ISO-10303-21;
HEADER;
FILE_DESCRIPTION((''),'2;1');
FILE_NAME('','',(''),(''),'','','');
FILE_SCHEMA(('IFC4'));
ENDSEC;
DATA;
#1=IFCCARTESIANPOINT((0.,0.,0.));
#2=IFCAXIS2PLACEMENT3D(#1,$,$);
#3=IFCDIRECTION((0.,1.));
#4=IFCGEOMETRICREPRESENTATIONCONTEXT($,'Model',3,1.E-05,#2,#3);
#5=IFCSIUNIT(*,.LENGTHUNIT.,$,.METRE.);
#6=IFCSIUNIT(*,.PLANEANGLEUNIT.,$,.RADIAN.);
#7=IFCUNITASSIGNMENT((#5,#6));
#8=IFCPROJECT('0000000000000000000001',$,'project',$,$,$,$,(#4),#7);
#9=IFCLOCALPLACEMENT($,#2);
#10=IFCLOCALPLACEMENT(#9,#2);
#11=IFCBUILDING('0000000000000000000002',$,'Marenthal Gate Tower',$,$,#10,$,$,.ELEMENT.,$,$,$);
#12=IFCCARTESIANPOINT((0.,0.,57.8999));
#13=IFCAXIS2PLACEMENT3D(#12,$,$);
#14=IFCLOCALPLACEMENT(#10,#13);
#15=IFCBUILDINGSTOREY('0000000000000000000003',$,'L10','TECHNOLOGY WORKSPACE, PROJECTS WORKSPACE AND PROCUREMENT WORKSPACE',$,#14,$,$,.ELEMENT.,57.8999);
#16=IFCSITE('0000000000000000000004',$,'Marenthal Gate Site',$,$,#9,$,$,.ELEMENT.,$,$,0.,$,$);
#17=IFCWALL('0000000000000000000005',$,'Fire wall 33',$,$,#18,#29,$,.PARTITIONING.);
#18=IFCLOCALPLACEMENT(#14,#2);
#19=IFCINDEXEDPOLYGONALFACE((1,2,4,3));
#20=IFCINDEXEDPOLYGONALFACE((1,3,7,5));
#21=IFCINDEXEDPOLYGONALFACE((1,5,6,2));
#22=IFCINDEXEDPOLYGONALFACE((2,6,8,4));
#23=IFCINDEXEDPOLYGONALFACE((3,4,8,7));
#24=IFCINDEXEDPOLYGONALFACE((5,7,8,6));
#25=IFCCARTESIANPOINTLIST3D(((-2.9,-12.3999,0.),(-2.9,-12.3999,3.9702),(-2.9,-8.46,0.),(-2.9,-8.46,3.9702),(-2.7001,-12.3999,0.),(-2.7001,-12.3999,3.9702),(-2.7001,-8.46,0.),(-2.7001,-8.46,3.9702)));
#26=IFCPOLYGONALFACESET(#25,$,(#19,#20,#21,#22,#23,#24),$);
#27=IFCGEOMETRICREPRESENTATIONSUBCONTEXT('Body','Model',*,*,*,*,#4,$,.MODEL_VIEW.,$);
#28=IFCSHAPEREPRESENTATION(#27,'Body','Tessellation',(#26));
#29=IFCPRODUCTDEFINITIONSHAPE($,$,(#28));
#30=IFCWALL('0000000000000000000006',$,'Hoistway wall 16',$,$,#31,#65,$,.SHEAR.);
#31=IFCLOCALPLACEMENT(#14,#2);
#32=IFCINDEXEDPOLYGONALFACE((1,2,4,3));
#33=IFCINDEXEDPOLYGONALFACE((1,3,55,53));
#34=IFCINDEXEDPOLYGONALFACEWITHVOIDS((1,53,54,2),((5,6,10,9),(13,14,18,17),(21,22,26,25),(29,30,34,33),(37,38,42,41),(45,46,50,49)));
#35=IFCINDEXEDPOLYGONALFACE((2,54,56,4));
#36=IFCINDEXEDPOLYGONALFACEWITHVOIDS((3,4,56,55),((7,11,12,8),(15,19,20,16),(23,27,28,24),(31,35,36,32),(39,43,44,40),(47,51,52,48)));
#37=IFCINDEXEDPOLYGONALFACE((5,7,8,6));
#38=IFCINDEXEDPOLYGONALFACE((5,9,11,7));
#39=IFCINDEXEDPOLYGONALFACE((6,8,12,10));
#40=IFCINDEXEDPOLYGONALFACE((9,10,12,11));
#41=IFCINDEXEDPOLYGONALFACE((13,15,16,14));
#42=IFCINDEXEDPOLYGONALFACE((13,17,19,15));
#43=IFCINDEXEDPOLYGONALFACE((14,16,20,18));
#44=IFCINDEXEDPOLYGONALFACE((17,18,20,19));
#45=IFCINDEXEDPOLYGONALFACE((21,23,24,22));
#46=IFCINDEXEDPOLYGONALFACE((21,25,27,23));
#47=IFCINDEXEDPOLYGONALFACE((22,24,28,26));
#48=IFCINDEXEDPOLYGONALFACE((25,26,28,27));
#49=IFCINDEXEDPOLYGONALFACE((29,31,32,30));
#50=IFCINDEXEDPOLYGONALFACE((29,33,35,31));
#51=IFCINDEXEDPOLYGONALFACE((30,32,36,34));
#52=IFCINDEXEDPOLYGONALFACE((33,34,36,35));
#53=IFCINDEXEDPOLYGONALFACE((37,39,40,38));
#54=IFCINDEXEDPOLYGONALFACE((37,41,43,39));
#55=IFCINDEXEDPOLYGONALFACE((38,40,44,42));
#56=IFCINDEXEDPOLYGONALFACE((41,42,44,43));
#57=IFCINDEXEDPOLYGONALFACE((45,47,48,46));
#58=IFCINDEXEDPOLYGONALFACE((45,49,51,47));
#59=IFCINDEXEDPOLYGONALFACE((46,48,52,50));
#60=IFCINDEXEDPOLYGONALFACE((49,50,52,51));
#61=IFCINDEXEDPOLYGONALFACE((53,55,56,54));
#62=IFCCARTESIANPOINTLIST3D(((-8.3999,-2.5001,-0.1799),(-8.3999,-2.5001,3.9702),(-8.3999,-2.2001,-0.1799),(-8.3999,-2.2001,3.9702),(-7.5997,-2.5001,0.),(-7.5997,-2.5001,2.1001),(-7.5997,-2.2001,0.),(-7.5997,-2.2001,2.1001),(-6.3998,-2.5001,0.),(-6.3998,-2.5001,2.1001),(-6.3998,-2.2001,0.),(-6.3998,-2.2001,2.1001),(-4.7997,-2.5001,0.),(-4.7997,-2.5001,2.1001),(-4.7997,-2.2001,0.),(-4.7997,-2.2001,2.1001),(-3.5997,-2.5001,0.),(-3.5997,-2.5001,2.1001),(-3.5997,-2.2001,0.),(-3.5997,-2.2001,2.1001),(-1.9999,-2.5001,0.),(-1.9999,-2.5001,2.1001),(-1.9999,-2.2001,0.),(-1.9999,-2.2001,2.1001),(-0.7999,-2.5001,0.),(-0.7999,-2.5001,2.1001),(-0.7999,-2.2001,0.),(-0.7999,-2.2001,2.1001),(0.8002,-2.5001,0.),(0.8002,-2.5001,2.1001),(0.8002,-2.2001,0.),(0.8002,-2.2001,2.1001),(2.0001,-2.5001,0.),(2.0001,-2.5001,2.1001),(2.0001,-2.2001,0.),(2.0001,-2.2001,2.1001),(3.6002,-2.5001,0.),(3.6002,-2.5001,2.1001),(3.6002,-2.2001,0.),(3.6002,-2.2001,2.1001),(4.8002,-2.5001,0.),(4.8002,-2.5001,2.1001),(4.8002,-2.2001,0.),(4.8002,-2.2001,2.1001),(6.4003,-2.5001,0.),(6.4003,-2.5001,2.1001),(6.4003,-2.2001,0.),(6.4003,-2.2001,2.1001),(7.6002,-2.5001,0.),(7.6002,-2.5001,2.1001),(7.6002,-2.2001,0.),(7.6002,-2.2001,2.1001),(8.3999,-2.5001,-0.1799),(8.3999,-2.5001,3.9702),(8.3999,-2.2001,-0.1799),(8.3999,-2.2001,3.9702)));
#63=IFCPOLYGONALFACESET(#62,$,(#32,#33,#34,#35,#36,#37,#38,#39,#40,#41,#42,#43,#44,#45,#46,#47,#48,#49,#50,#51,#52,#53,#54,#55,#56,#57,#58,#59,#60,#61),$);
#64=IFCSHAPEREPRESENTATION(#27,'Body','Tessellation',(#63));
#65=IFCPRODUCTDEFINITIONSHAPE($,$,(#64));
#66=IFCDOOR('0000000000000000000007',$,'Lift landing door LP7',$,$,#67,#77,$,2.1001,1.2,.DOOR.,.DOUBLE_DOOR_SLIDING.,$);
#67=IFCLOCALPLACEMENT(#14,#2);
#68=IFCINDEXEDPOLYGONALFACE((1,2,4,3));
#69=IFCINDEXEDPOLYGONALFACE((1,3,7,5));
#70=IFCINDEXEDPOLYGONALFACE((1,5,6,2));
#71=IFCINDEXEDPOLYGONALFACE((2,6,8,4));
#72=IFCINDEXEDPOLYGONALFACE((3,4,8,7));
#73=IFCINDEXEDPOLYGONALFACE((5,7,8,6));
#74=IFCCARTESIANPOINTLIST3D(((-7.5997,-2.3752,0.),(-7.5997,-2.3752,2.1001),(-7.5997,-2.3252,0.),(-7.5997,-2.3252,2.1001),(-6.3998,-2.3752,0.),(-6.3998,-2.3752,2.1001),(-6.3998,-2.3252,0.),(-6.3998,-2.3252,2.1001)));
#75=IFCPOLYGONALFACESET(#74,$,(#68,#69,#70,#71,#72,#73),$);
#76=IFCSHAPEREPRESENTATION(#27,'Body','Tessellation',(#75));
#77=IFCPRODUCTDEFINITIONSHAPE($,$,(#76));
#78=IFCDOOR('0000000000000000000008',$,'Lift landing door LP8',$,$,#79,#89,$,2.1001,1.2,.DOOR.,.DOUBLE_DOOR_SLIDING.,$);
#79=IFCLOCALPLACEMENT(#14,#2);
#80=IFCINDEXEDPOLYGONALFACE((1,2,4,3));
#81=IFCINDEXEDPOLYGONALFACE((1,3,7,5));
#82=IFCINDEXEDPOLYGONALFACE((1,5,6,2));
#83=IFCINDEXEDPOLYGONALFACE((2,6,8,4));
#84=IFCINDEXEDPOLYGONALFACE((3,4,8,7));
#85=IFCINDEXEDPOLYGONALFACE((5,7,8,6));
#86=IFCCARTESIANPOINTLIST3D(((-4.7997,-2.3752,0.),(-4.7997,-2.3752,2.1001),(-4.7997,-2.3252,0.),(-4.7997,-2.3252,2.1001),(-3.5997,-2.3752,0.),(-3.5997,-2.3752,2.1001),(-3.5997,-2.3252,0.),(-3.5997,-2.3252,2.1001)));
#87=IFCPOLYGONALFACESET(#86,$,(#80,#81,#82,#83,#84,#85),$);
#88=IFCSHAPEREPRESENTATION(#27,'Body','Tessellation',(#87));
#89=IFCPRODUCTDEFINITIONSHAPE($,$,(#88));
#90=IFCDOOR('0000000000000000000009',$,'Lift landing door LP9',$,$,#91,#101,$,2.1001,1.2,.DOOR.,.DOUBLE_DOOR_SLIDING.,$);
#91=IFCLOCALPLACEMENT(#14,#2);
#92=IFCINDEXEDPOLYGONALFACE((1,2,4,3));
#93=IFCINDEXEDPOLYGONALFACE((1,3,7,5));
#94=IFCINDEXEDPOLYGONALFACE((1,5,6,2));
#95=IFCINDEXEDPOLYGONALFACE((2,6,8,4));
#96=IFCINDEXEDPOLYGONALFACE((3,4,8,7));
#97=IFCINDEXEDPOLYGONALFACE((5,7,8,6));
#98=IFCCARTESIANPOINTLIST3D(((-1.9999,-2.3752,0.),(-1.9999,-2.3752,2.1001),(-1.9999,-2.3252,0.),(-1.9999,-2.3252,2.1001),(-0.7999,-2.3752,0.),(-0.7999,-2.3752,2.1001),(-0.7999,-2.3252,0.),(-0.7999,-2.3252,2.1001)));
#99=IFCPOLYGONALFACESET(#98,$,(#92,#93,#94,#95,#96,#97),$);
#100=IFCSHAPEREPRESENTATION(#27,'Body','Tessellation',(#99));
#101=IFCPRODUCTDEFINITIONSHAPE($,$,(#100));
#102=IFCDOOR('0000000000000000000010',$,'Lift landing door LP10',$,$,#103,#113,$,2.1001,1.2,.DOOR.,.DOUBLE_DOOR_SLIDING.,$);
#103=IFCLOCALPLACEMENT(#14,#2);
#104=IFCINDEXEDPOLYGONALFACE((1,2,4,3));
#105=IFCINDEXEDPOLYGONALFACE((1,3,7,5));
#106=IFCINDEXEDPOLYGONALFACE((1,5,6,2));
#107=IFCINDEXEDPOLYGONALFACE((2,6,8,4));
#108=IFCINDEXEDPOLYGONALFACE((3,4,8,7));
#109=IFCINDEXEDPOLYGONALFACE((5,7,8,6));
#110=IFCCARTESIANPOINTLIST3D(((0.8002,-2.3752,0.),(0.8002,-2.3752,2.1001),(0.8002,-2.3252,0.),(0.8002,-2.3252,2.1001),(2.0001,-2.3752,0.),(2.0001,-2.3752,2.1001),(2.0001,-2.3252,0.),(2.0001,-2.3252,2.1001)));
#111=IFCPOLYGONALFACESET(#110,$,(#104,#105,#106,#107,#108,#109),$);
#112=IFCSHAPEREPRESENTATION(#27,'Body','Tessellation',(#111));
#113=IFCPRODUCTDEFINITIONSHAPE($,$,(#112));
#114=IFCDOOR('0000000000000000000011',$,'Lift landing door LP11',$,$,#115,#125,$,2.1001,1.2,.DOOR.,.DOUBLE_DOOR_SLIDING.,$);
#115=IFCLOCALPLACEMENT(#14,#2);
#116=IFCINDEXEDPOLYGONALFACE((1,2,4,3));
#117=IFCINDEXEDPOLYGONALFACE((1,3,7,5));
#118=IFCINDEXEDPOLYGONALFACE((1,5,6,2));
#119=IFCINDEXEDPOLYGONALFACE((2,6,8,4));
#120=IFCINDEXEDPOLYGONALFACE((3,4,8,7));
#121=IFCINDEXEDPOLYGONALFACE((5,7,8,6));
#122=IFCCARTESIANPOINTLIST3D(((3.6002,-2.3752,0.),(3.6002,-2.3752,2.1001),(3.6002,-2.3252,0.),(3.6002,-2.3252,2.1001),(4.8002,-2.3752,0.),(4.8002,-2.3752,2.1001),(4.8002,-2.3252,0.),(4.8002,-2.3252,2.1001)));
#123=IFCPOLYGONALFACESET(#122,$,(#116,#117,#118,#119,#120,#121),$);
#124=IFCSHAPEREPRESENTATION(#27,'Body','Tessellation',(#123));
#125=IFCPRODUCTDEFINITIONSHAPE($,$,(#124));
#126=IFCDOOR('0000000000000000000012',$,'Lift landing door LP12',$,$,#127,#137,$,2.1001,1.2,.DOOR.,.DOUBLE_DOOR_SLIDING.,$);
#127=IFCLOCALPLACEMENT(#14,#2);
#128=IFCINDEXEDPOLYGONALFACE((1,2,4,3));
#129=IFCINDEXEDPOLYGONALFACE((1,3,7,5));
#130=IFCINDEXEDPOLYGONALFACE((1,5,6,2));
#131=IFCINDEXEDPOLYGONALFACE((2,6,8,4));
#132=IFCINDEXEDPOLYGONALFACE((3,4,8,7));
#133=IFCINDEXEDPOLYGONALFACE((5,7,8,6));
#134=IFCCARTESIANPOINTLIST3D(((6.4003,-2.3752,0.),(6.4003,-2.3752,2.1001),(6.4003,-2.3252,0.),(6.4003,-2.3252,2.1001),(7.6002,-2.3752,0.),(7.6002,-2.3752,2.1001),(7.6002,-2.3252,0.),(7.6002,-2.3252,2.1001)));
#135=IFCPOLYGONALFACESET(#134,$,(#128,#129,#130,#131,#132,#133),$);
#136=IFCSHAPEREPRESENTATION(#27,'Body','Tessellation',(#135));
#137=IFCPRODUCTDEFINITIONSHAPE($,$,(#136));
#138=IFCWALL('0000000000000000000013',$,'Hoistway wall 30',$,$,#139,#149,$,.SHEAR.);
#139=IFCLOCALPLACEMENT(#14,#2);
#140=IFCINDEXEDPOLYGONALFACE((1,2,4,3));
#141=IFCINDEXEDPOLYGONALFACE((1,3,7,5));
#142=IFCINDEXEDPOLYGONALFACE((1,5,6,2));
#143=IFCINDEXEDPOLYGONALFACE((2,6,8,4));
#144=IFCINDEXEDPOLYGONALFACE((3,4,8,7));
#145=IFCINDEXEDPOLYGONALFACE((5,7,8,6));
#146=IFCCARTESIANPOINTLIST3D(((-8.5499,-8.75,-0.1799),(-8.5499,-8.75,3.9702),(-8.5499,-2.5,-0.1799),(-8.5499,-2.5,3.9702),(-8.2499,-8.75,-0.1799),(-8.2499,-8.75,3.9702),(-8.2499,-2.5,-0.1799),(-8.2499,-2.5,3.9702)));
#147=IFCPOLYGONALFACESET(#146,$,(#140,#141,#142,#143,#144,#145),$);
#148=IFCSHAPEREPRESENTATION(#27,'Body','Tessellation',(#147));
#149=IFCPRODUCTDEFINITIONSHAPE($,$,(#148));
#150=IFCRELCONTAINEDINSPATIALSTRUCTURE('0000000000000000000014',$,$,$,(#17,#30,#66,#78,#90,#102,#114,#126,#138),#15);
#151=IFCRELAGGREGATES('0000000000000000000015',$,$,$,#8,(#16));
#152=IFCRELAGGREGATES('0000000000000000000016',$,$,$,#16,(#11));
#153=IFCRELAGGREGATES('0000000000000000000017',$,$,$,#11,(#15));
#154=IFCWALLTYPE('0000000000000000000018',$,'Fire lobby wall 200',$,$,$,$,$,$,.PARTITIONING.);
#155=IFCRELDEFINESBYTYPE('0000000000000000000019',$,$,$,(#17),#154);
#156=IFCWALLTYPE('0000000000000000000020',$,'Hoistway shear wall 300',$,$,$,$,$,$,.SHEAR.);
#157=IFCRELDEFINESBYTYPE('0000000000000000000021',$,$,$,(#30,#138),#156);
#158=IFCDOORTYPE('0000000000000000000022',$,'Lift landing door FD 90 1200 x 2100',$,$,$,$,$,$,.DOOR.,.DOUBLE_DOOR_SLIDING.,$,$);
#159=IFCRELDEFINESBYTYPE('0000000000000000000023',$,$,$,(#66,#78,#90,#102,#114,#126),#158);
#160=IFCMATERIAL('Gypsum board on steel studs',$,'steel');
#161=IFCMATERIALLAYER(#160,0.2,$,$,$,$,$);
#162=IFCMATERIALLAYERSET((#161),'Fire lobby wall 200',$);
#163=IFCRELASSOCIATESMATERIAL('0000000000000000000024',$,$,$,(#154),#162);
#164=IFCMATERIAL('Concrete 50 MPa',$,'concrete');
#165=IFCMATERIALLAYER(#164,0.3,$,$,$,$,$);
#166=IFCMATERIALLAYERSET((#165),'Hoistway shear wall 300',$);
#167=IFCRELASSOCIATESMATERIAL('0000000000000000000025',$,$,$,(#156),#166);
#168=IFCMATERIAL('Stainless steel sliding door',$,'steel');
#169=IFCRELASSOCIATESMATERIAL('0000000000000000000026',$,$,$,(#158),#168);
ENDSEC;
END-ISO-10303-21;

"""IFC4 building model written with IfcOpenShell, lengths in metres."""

from ifc_helpers import new_model, si_unit, direction, frame, frame_2d, origin, place, context, subcontext, project, spatial, rectangle, extrude, material, layer, layer_set, type_object, element, fill, save


model = new_model("IFC4")

# Units and contexts
model_context = context("Model", 3, precision=1e-05, world=origin(), true_north=direction((0.0, 1.0)))
body_context = subcontext(model_context, "Body", "Model", "MODEL_VIEW")
ifc_project = project(units=[si_unit("LENGTHUNIT", "METRE"), si_unit("PLANEANGLEUNIT", "RADIAN")], contexts=[model_context])

# Site, building, storey
site_placement = place(None, origin())
site = spatial("IfcSite", under=ifc_project, at=site_placement, Name="Marenthal Gate Site", CompositionType="ELEMENT", RefElevation=0.0)
building_placement = place(site_placement, origin())
building = spatial("IfcBuilding", under=site, at=building_placement, Name="Marenthal Gate Tower", CompositionType="ELEMENT")
storey_placement = place(building_placement, frame((0.0, 0.0, 57.8999)))
storey = spatial("IfcBuildingStorey", under=building, at=storey_placement, Name="L10", Description="TECHNOLOGY WORKSPACE, PROJECTS WORKSPACE AND PROCUREMENT WORKSPACE", CompositionType="ELEMENT", Elevation=57.8999)

# Wall
ifc_material_1 = material(Name="Gypsum board on steel studs", Category="steel")
ifc_layer_1 = layer(ifc_material_1, 0.2)
ifc_layer_set_1 = layer_set([ifc_layer_1], Name="Fire lobby wall 200")
wall_type_1 = type_object("IfcWallType", Name="Fire lobby wall 200", PredefinedType="PARTITIONING", material=ifc_layer_set_1)
wall_1_placement = place(storey_placement, frame((-2.8, -12.3999, 0.0), z_axis=(0.0, 0.0, 1.0), x_axis=(0.0, 1.0, 0.0)))
element("IfcWall", 1, at=wall_1_placement, inside=storey, type_object=wall_type_1, Name="Fire wall 33", PredefinedType="PARTITIONING", context=body_context, shape_type="SweptSolid", body=[
    extrude(rectangle(XDim=3.9399, YDim=0.2, at=frame_2d((1.97, 0.0))), origin(), (0.0, 0.0, 1.0), 3.9702),
])

# Wall, openings, doors
ifc_material_2 = material(Name="Concrete 50 MPa", Category="concrete")
ifc_layer_2 = layer(ifc_material_2, 0.3)
ifc_layer_set_2 = layer_set([ifc_layer_2], Name="Hoistway shear wall 300")
wall_type_2 = type_object("IfcWallType", Name="Hoistway shear wall 300", PredefinedType="SHEAR", material=ifc_layer_set_2)
wall_2_placement = place(storey_placement, frame((-8.3999, -2.3501, -0.1799), z_axis=(0.0, 0.0, 1.0), x_axis=(1.0, 0.0, 0.0)))
wall_2 = element("IfcWall", 2, at=wall_2_placement, inside=storey, type_object=wall_type_2, Name="Hoistway wall 16", PredefinedType="SHEAR", context=body_context, shape_type="SweptSolid", body=[
    extrude(rectangle(XDim=16.7998, YDim=0.3, at=frame_2d((8.3999, 0.0))), origin(), (0.0, 0.0, 1.0), 4.1501),
])
opening_1_placement = place(wall_2_placement, frame((0.8, 0.0, 0.1799)))
opening_1 = element("IfcOpeningElement", 3, at=opening_1_placement, cuts=wall_2, PredefinedType="OPENING", context=body_context, shape_type="SweptSolid", body=[
    extrude(rectangle(XDim=1.2, YDim=2.1001, at=frame_2d((0.6001, 1.05))), frame((0.0, 0.1602, 0.0), z_axis=(0.0, -1.0, 0.0), x_axis=(1.0, 0.0, 0.0)), (0.0, 0.0, 1.0), 0.3201),
])
opening_2_placement = place(wall_2_placement, frame((3.6001, 0.0, 0.1799)))
opening_2 = element("IfcOpeningElement", 4, at=opening_2_placement, cuts=wall_2, PredefinedType="OPENING", context=body_context, shape_type="SweptSolid", body=[
    extrude(rectangle(XDim=1.2, YDim=2.1001, at=frame_2d((0.6001, 1.05))), frame((0.0, 0.1602, 0.0), z_axis=(0.0, -1.0, 0.0), x_axis=(1.0, 0.0, 0.0)), (0.0, 0.0, 1.0), 0.3201),
])
opening_3_placement = place(wall_2_placement, frame((6.3999, 0.0, 0.1799)))
opening_3 = element("IfcOpeningElement", 5, at=opening_3_placement, cuts=wall_2, PredefinedType="OPENING", context=body_context, shape_type="SweptSolid", body=[
    extrude(rectangle(XDim=1.2, YDim=2.1001, at=frame_2d((0.6001, 1.05))), frame((0.0, 0.1602, 0.0), z_axis=(0.0, -1.0, 0.0), x_axis=(1.0, 0.0, 0.0)), (0.0, 0.0, 1.0), 0.3201),
])
opening_4_placement = place(wall_2_placement, frame((9.2, 0.0, 0.1799)))
opening_4 = element("IfcOpeningElement", 6, at=opening_4_placement, cuts=wall_2, PredefinedType="OPENING", context=body_context, shape_type="SweptSolid", body=[
    extrude(rectangle(XDim=1.2, YDim=2.1001, at=frame_2d((0.6001, 1.05))), frame((0.0, 0.1602, 0.0), z_axis=(0.0, -1.0, 0.0), x_axis=(1.0, 0.0, 0.0)), (0.0, 0.0, 1.0), 0.3201),
])
opening_5_placement = place(wall_2_placement, frame((12.0, 0.0, 0.1799)))
opening_5 = element("IfcOpeningElement", 7, at=opening_5_placement, cuts=wall_2, PredefinedType="OPENING", context=body_context, shape_type="SweptSolid", body=[
    extrude(rectangle(XDim=1.2, YDim=2.1001, at=frame_2d((0.6001, 1.05))), frame((0.0, 0.1602, 0.0), z_axis=(0.0, -1.0, 0.0), x_axis=(1.0, 0.0, 0.0)), (0.0, 0.0, 1.0), 0.3201),
])
opening_6_placement = place(wall_2_placement, frame((14.8, 0.0, 0.1799)))
opening_6 = element("IfcOpeningElement", 8, at=opening_6_placement, cuts=wall_2, PredefinedType="OPENING", context=body_context, shape_type="SweptSolid", body=[
    extrude(rectangle(XDim=1.2, YDim=2.1001, at=frame_2d((0.6001, 1.05))), frame((0.0, 0.1602, 0.0), z_axis=(0.0, -1.0, 0.0), x_axis=(1.0, 0.0, 0.0)), (0.0, 0.0, 1.0), 0.3201),
])
ifc_material_3 = material(Name="Stainless steel sliding door", Category="steel")
door_type_1 = type_object("IfcDoorType", Name="Lift landing door FD 90 1200 x 2100", OperationType="DOUBLE_DOOR_SLIDING", PredefinedType="DOOR", material=ifc_material_3)
door_1_placement = place(opening_1_placement, origin())
door_1 = element("IfcDoor", 9, at=door_1_placement, inside=storey, type_object=door_type_1, Name="Lift landing door LP7", OperationType="DOUBLE_DOOR_SLIDING", OverallHeight=2.1001, OverallWidth=1.2, PredefinedType="DOOR", context=body_context, shape_type="SweptSolid", body=[
    extrude(rectangle(XDim=1.2, YDim=2.1001, at=frame_2d((0.6001, 1.05))), frame((0.0, 0.0249, 0.0), z_axis=(0.0, -1.0, 0.0), x_axis=(1.0, 0.0, 0.0)), (0.0, 0.0, 1.0), 0.05),
])
fill(opening_1, door_1)
door_2_placement = place(opening_2_placement, origin())
door_2 = element("IfcDoor", 10, at=door_2_placement, inside=storey, type_object=door_type_1, Name="Lift landing door LP8", OperationType="DOUBLE_DOOR_SLIDING", OverallHeight=2.1001, OverallWidth=1.2, PredefinedType="DOOR", context=body_context, shape_type="SweptSolid", body=[
    extrude(rectangle(XDim=1.2, YDim=2.1001, at=frame_2d((0.6001, 1.05))), frame((0.0, 0.0249, 0.0), z_axis=(0.0, -1.0, 0.0), x_axis=(1.0, 0.0, 0.0)), (0.0, 0.0, 1.0), 0.05),
])
fill(opening_2, door_2)
door_3_placement = place(opening_3_placement, origin())
door_3 = element("IfcDoor", 11, at=door_3_placement, inside=storey, type_object=door_type_1, Name="Lift landing door LP9", OperationType="DOUBLE_DOOR_SLIDING", OverallHeight=2.1001, OverallWidth=1.2, PredefinedType="DOOR", context=body_context, shape_type="SweptSolid", body=[
    extrude(rectangle(XDim=1.2, YDim=2.1001, at=frame_2d((0.6001, 1.05))), frame((0.0, 0.0249, 0.0), z_axis=(0.0, -1.0, 0.0), x_axis=(1.0, 0.0, 0.0)), (0.0, 0.0, 1.0), 0.05),
])
fill(opening_3, door_3)
door_4_placement = place(opening_4_placement, origin())
door_4 = element("IfcDoor", 12, at=door_4_placement, inside=storey, type_object=door_type_1, Name="Lift landing door LP10", OperationType="DOUBLE_DOOR_SLIDING", OverallHeight=2.1001, OverallWidth=1.2, PredefinedType="DOOR", context=body_context, shape_type="SweptSolid", body=[
    extrude(rectangle(XDim=1.2, YDim=2.1001, at=frame_2d((0.6001, 1.05))), frame((0.0, 0.0249, 0.0), z_axis=(0.0, -1.0, 0.0), x_axis=(1.0, 0.0, 0.0)), (0.0, 0.0, 1.0), 0.05),
])
fill(opening_4, door_4)
door_5_placement = place(opening_5_placement, origin())
door_5 = element("IfcDoor", 13, at=door_5_placement, inside=storey, type_object=door_type_1, Name="Lift landing door LP11", OperationType="DOUBLE_DOOR_SLIDING", OverallHeight=2.1001, OverallWidth=1.2, PredefinedType="DOOR", context=body_context, shape_type="SweptSolid", body=[
    extrude(rectangle(XDim=1.2, YDim=2.1001, at=frame_2d((0.6001, 1.05))), frame((0.0, 0.0249, 0.0), z_axis=(0.0, -1.0, 0.0), x_axis=(1.0, 0.0, 0.0)), (0.0, 0.0, 1.0), 0.05),
])
fill(opening_5, door_5)
door_6_placement = place(opening_6_placement, origin())
door_6 = element("IfcDoor", 14, at=door_6_placement, inside=storey, type_object=door_type_1, Name="Lift landing door LP12", OperationType="DOUBLE_DOOR_SLIDING", OverallHeight=2.1001, OverallWidth=1.2, PredefinedType="DOOR", context=body_context, shape_type="SweptSolid", body=[
    extrude(rectangle(XDim=1.2, YDim=2.1001, at=frame_2d((0.6001, 1.05))), frame((0.0, 0.0249, 0.0), z_axis=(0.0, -1.0, 0.0), x_axis=(1.0, 0.0, 0.0)), (0.0, 0.0, 1.0), 0.05),
])
fill(opening_6, door_6)

# Wall
wall_3_placement = place(storey_placement, frame((-8.3999, -8.75, -0.1799), z_axis=(0.0, 0.0, 1.0), x_axis=(0.0, 1.0, 0.0)))
element("IfcWall", 15, at=wall_3_placement, inside=storey, type_object=wall_type_2, Name="Hoistway wall 30", PredefinedType="SHEAR", context=body_context, shape_type="SweptSolid", body=[
    extrude(rectangle(XDim=6.25, YDim=0.3, at=frame_2d((3.125, 0.0))), origin(), (0.0, 0.0, 1.0), 4.1501),
])

save(model, "model.ifc")
